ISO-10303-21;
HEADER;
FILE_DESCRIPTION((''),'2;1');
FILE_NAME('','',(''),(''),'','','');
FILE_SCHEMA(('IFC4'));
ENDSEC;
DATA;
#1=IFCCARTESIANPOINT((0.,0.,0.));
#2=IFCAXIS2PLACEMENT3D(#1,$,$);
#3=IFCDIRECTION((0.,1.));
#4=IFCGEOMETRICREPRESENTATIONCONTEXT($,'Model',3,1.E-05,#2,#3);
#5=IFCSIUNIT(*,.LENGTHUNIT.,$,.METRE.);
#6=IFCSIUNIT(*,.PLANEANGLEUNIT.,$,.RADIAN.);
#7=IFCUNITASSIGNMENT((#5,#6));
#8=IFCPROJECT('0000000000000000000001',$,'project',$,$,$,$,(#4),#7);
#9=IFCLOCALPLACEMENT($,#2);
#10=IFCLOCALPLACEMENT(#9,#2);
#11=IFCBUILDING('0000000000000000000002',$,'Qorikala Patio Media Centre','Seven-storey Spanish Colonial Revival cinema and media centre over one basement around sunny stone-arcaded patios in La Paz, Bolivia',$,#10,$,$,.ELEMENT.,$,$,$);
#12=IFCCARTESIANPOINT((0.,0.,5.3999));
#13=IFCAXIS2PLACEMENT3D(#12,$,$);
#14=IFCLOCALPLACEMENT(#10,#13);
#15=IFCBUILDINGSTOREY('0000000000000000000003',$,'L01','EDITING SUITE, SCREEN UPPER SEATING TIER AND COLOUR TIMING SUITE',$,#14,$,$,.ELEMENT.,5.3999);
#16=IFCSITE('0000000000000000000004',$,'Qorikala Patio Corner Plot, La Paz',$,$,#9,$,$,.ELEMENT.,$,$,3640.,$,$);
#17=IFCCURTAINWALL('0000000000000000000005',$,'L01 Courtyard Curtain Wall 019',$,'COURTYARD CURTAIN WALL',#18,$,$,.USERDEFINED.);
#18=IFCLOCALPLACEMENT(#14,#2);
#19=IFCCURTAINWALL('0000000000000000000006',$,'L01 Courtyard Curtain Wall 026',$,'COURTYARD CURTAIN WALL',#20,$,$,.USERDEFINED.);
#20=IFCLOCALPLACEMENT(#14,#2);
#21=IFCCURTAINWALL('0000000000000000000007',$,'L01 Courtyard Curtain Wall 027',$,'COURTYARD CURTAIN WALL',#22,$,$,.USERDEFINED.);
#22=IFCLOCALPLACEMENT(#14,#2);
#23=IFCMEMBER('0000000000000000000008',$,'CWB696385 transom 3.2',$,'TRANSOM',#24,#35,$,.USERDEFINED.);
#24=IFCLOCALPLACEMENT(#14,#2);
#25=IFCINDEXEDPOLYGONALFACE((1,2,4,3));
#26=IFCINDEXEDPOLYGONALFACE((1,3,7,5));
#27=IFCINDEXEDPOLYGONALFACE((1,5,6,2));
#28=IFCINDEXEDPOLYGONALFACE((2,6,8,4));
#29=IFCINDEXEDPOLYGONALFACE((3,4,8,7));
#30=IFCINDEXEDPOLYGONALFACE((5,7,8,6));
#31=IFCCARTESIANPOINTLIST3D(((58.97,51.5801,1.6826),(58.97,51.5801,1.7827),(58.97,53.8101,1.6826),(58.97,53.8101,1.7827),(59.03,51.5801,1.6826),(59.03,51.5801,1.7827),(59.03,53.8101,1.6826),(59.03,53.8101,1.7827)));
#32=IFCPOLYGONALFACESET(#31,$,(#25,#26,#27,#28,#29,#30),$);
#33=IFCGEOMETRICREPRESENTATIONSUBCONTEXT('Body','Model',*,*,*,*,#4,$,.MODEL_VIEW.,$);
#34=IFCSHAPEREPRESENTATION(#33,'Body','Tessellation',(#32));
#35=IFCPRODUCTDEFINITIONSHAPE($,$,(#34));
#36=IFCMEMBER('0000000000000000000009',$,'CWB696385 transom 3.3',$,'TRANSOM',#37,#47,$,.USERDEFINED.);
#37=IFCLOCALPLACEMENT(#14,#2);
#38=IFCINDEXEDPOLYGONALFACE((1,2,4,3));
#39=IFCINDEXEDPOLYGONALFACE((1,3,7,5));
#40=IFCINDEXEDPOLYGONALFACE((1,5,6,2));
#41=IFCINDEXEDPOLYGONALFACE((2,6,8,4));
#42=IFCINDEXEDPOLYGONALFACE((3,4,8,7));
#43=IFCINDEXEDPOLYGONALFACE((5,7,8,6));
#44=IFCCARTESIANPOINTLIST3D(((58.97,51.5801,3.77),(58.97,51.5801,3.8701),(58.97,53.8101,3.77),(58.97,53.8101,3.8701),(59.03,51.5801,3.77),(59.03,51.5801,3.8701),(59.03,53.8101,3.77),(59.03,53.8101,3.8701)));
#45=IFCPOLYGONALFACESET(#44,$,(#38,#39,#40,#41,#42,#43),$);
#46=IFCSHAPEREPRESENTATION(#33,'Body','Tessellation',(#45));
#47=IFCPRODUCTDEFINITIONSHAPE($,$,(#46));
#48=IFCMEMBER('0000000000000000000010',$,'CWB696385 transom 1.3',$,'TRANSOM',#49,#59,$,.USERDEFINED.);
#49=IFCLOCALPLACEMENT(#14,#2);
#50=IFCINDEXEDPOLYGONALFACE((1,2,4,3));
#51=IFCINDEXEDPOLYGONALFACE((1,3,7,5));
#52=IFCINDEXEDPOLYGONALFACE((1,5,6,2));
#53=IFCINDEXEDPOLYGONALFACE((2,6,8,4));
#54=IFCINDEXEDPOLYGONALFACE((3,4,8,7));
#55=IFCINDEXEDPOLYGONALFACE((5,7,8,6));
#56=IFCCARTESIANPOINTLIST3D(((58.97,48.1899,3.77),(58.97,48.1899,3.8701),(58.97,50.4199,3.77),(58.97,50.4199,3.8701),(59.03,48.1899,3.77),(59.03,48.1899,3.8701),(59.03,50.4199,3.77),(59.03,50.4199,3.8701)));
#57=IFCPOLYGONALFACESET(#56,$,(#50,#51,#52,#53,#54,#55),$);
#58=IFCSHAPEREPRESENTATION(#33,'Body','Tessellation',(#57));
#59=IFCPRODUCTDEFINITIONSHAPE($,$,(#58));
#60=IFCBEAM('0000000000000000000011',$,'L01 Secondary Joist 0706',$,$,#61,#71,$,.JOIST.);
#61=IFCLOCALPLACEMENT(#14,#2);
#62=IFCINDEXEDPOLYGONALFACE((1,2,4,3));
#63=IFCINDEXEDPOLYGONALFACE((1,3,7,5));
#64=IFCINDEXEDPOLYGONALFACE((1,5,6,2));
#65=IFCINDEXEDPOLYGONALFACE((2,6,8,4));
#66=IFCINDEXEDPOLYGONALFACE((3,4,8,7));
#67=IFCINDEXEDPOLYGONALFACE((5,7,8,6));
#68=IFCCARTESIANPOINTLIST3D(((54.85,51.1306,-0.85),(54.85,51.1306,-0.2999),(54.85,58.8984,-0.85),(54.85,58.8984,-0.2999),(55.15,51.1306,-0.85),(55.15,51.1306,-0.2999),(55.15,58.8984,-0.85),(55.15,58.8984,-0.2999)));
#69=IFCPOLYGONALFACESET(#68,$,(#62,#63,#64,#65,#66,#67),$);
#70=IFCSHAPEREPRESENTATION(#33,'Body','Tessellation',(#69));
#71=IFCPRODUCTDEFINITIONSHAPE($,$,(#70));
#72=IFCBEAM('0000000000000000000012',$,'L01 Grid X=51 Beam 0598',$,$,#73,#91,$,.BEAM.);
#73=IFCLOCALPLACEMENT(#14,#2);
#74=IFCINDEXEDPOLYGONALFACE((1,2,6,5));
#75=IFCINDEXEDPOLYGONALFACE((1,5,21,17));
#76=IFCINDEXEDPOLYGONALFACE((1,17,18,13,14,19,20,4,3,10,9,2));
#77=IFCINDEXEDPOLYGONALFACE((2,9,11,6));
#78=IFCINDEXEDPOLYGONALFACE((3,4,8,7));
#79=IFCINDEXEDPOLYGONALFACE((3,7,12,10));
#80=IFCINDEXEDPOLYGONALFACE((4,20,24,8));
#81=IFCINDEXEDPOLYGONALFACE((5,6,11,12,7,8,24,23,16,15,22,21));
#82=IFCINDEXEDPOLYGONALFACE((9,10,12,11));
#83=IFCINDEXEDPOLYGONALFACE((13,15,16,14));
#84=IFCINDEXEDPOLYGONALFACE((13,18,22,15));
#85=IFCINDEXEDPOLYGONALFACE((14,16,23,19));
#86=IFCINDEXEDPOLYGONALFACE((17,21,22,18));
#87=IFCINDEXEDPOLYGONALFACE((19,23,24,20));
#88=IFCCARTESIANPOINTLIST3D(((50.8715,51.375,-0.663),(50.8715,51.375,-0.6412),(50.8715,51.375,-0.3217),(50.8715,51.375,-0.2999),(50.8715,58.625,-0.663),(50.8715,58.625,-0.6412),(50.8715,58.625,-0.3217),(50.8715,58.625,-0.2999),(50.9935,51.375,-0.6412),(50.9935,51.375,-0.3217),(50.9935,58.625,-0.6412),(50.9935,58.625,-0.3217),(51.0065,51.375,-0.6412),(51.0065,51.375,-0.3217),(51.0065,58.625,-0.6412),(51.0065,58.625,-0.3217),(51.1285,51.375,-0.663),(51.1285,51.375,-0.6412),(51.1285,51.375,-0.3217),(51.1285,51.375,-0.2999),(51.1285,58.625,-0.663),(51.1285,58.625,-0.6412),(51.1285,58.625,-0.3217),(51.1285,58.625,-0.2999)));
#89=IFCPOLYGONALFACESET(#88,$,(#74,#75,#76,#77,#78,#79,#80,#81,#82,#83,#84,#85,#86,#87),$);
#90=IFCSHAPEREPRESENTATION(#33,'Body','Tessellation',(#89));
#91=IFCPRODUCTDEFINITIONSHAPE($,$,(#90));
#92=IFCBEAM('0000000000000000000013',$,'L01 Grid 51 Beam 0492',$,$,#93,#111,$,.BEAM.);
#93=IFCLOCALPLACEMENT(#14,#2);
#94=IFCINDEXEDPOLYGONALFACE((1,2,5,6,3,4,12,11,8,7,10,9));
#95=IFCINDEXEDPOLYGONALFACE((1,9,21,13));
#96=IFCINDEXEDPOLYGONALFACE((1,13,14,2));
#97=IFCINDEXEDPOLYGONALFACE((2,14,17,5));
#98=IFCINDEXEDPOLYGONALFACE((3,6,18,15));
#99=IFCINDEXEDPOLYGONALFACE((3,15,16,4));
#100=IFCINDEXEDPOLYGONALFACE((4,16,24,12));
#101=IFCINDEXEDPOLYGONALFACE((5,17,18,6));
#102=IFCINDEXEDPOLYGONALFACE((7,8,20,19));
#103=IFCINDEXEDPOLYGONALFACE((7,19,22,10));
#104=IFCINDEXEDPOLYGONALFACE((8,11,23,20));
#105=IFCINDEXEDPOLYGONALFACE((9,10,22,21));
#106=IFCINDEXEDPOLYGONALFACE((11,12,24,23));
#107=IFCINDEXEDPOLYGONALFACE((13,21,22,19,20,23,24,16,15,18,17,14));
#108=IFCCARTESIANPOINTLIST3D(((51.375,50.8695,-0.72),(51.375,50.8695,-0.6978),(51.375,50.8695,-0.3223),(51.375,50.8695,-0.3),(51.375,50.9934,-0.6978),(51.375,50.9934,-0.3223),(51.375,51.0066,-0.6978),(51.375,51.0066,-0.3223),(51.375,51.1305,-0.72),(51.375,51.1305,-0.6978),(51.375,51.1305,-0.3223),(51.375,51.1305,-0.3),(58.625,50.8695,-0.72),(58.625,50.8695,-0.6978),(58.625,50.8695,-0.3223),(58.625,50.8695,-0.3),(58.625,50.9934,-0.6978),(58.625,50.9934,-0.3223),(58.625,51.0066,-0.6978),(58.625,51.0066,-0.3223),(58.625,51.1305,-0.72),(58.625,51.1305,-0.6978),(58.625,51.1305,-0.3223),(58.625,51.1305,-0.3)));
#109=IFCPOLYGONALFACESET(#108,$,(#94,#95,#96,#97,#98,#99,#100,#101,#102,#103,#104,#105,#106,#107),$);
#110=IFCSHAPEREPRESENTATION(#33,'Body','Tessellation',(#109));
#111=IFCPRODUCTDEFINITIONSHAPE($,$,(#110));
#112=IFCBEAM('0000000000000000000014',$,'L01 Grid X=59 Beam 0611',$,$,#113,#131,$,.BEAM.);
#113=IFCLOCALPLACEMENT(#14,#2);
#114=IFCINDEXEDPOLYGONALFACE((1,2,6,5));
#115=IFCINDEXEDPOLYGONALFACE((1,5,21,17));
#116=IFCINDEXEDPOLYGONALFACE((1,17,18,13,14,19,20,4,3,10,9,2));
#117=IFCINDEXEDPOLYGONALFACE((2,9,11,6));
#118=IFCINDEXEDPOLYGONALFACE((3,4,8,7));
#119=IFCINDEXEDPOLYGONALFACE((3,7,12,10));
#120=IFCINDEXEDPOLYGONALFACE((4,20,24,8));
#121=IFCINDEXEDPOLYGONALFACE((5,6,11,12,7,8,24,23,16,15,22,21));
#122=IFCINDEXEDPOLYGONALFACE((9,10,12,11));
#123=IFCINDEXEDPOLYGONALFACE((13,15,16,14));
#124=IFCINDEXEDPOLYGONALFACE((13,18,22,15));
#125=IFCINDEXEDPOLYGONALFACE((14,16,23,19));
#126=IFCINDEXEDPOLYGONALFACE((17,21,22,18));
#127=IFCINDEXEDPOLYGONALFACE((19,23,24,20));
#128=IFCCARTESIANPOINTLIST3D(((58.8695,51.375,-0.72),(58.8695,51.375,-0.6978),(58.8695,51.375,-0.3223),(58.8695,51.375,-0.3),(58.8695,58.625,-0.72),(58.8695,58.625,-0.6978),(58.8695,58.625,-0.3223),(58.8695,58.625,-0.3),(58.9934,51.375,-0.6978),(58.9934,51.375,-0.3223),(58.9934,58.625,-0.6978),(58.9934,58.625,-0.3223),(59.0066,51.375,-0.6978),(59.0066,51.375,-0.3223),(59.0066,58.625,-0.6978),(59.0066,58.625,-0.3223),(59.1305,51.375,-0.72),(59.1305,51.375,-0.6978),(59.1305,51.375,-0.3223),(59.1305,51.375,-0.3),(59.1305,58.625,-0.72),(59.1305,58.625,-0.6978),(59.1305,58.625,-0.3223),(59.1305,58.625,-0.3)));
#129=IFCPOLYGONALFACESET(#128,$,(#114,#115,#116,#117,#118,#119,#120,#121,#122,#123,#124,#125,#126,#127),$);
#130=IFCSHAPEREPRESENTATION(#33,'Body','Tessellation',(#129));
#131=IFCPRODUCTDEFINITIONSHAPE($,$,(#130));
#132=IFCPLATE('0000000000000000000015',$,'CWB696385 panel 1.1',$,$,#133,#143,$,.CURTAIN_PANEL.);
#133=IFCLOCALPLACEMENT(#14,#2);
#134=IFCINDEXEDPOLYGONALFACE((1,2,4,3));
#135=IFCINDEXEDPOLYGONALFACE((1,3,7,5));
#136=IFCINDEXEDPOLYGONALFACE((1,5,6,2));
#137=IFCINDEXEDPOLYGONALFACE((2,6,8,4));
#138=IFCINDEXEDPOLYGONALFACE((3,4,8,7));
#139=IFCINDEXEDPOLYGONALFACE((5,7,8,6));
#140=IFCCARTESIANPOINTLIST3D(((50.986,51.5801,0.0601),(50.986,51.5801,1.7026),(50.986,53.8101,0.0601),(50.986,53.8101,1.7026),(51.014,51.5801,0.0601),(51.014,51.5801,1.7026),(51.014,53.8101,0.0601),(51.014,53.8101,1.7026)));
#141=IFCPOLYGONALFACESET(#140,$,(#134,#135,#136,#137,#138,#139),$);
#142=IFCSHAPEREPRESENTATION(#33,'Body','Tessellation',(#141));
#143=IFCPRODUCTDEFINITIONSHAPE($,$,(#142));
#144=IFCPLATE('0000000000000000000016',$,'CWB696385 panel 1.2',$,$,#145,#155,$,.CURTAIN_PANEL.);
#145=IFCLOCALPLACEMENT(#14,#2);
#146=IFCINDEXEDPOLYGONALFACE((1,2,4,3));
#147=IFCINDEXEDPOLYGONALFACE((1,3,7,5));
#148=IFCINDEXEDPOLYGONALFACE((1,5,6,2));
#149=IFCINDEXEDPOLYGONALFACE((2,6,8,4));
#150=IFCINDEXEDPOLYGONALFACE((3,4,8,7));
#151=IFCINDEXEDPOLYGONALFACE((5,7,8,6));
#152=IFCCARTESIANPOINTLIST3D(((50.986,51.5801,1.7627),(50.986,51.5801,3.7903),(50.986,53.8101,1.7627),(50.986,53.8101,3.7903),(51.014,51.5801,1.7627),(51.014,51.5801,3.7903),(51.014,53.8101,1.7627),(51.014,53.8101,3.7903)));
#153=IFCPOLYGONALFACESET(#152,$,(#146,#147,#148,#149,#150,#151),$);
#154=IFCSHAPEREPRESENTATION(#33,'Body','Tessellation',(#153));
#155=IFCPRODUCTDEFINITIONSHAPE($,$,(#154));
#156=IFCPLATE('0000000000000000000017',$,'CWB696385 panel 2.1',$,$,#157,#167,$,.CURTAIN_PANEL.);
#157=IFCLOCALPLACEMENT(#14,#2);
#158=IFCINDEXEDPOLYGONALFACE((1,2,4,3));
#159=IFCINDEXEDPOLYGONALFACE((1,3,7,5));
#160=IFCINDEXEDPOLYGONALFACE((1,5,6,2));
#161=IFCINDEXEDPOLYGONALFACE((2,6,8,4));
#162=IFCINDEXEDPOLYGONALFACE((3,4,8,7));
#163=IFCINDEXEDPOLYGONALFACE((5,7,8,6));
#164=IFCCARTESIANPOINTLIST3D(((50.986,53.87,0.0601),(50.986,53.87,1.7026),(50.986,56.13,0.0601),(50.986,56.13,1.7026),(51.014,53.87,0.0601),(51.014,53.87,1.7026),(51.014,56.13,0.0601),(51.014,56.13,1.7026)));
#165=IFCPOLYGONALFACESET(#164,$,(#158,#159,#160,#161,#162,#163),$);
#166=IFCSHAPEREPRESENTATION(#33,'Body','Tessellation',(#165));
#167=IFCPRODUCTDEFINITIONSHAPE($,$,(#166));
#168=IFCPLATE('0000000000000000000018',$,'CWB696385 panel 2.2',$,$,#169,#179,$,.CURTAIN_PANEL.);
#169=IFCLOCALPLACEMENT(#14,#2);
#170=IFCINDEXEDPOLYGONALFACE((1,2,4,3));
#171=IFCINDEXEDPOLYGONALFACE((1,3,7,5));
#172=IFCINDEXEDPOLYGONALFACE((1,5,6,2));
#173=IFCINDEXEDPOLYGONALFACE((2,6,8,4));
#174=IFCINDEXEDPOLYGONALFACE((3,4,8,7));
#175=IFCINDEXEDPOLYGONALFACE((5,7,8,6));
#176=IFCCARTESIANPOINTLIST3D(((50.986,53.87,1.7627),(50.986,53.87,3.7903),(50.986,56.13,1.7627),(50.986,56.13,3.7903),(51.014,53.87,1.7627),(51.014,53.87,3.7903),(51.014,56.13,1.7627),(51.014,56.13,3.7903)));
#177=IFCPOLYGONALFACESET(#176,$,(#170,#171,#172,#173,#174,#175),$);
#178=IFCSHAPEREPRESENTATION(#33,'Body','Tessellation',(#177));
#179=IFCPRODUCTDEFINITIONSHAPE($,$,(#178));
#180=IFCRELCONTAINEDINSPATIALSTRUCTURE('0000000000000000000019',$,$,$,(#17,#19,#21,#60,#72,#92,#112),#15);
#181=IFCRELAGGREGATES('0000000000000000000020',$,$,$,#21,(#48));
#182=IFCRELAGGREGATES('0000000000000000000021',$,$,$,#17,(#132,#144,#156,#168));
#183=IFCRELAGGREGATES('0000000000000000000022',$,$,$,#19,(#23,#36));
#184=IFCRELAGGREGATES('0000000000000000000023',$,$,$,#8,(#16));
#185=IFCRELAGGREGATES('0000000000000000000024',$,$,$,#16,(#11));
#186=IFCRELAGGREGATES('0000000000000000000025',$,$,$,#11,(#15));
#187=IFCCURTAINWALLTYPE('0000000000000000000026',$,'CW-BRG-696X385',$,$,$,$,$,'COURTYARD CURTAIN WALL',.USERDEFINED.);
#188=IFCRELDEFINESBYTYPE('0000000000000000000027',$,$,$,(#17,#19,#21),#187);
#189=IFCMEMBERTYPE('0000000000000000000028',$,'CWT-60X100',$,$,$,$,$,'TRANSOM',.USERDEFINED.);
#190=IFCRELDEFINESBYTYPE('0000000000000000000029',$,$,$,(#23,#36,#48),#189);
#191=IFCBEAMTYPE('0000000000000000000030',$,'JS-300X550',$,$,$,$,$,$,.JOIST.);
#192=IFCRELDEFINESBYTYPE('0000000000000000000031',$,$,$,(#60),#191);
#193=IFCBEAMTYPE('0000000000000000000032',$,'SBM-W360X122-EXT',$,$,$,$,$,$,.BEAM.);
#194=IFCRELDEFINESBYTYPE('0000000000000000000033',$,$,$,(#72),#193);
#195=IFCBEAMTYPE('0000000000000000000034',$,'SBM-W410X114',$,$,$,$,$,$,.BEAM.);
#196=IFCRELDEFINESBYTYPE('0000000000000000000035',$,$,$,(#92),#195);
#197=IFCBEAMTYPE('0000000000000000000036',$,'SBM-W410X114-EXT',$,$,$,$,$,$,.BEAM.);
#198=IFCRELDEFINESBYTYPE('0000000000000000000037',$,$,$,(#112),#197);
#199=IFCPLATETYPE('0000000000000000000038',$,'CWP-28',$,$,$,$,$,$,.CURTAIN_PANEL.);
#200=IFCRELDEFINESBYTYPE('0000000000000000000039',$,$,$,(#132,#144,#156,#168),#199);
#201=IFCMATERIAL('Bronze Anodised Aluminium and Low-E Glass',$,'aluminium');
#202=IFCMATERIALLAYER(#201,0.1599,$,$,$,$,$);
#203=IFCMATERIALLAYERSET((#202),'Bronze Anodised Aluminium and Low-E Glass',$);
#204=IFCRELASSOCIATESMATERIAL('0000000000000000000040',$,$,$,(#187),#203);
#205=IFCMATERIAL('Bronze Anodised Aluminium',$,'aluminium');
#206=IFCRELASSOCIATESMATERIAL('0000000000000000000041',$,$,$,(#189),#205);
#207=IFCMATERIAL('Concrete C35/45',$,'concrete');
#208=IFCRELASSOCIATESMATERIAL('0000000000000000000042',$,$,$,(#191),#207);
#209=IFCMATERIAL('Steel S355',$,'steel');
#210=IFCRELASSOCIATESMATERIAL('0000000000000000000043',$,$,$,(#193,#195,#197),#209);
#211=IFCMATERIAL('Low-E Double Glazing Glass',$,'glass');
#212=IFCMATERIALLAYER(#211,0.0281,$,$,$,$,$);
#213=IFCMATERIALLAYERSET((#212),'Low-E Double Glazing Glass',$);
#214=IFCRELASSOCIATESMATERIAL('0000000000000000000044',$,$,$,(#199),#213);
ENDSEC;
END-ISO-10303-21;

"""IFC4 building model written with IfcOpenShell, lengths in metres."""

from ifc_helpers import new_model, si_unit, direction, frame, origin, origin_2d, place, context, subcontext, project, spatial, rectangle, i_section, extrude, material, layer, layer_set, material_profile, profile_set, type_object, element, aggregate, save


model = new_model("IFC4")

# Units and contexts
model_context = context("Model", 3, precision=1e-05, world=origin(), true_north=direction((0.0, 1.0)))
body_context = subcontext(model_context, "Body", "Model", "MODEL_VIEW")
ifc_project = project(units=[si_unit("LENGTHUNIT", "METRE"), si_unit("PLANEANGLEUNIT", "RADIAN")], contexts=[model_context])

# Site, building, storey
site_placement = place(None, origin())
site = spatial("IfcSite", under=ifc_project, at=site_placement, Name="Qorikala Patio Corner Plot, La Paz", CompositionType="ELEMENT", RefElevation=3640.0)
building_placement = place(site_placement, origin())
building = spatial("IfcBuilding", under=site, at=building_placement, Name="Qorikala Patio Media Centre", Description="Seven-storey Spanish Colonial Revival cinema and media centre over one basement around sunny stone-arcaded patios in La Paz, Bolivia", CompositionType="ELEMENT")
storey_placement = place(building_placement, frame((0.0, 0.0, 5.3999)))
storey = spatial("IfcBuildingStorey", under=building, at=storey_placement, Name="L01", Description="EDITING SUITE, SCREEN UPPER SEATING TIER AND COLOUR TIMING SUITE", CompositionType="ELEMENT", Elevation=5.3999)

# Shared definitions
ifc_material_1 = material(Name="Concrete C35/45", Category="concrete")

# Shared definitions
ifc_material_2 = material(Name="Bronze Anodised Aluminium and Low-E Glass", Category="aluminium")
ifc_layer_1 = layer(ifc_material_2, 0.1599)
ifc_layer_set_1 = layer_set([ifc_layer_1], Name="Bronze Anodised Aluminium and Low-E Glass")
curtain_wall_type = type_object("IfcCurtainWallType", Name="CW-BRG-696X385", ElementType="COURTYARD CURTAIN WALL", PredefinedType="USERDEFINED", material=ifc_layer_set_1)
ifc_material_3 = material(Name="Bronze Anodised Aluminium", Category="aluminium")

# Curtain walls
curtain_wall_1_placement = place(storey_placement, origin())
curtain_wall_1 = element("IfcCurtainWall", 1, at=curtain_wall_1_placement, inside=storey, type_object=curtain_wall_type, Name="L01 Courtyard Curtain Wall 019", ObjectType="COURTYARD CURTAIN WALL", PredefinedType="USERDEFINED")
curtain_wall_2_placement = place(storey_placement, origin())
curtain_wall_2 = element("IfcCurtainWall", 2, at=curtain_wall_2_placement, inside=storey, type_object=curtain_wall_type, Name="L01 Courtyard Curtain Wall 026", ObjectType="COURTYARD CURTAIN WALL", PredefinedType="USERDEFINED")

# Curtain wall
curtain_wall_3_placement = place(storey_placement, origin())
curtain_wall_3 = element("IfcCurtainWall", 3, at=curtain_wall_3_placement, inside=storey, type_object=curtain_wall_type, Name="L01 Courtyard Curtain Wall 027", ObjectType="COURTYARD CURTAIN WALL", PredefinedType="USERDEFINED")

# Members
ifc_material_profile_1 = material_profile(ifc_material_3, rectangle(XDim=0.0601, YDim=0.1001, at=origin_2d()), Name="ALU TRANSOM 60x100")
ifc_profile_set_1 = profile_set([ifc_material_profile_1], Name="Bronze Anodised Aluminium")
member_type_1 = type_object("IfcMemberType", Name="CWT-60X100", ElementType="TRANSOM", PredefinedType="USERDEFINED", material=ifc_profile_set_1)
member_1_placement = place(storey_placement, frame((59.0, 53.8101, 1.7327), z_axis=(0.0, -1.0, 0.0), x_axis=(1.0, 0.0, 0.0)))
member_1 = element("IfcMember", 4, at=member_1_placement, type_object=member_type_1, Name="CWB696385 transom 3.2", ObjectType="TRANSOM", PredefinedType="USERDEFINED", context=body_context, shape_type="SweptSolid", body=[
    extrude(rectangle(XDim=0.0601, YDim=0.1001, at=origin_2d()), origin(), (0.0, 0.0, 1.0), 2.23),
])
member_2_placement = place(storey_placement, frame((59.0, 53.8101, 3.8201), z_axis=(0.0, -1.0, 0.0), x_axis=(1.0, 0.0, 0.0)))
member_2 = element("IfcMember", 5, at=member_2_placement, type_object=member_type_1, Name="CWB696385 transom 3.3", ObjectType="TRANSOM", PredefinedType="USERDEFINED", context=body_context, shape_type="SweptSolid", body=[
    extrude(rectangle(XDim=0.0601, YDim=0.1001, at=origin_2d()), origin(), (0.0, 0.0, 1.0), 2.23),
])
member_3_placement = place(storey_placement, frame((59.0, 50.4199, 3.8201), z_axis=(0.0, -1.0, 0.0), x_axis=(1.0, 0.0, 0.0)))
member_3 = element("IfcMember", 6, at=member_3_placement, type_object=member_type_1, Name="CWB696385 transom 1.3", ObjectType="TRANSOM", PredefinedType="USERDEFINED", context=body_context, shape_type="SweptSolid", body=[
    extrude(rectangle(XDim=0.0601, YDim=0.1001, at=origin_2d()), origin(), (0.0, 0.0, 1.0), 2.23),
])
aggregate(curtain_wall_3, [member_3])

# Beams
ifc_material_profile_2 = material_profile(ifc_material_1, rectangle(XDim=0.3, YDim=0.55, at=origin_2d()), Name="RC 300x550")
ifc_profile_set_2 = profile_set([ifc_material_profile_2], Name="Concrete C35/45")
beam_type_1 = type_object("IfcBeamType", Name="JS-300X550", PredefinedType="JOIST", material=ifc_profile_set_2)
beam_1_placement = place(storey_placement, frame((55.0, 51.1306, -0.575), z_axis=(0.0, 1.0, 0.0), x_axis=(-1.0, 0.0, 0.0)))
element("IfcBeam", 7, at=beam_1_placement, inside=storey, type_object=beam_type_1, Name="L01 Secondary Joist 0706", PredefinedType="JOIST", context=body_context, shape_type="SweptSolid", body=[
    extrude(rectangle(XDim=0.3, YDim=0.55, at=origin_2d()), origin(), (0.0, 0.0, 1.0), 7.7678),
])
ifc_material_4 = material(Name="Steel S355", Category="steel")
ifc_material_profile_3 = material_profile(ifc_material_4, i_section(OverallWidth=0.2571, OverallDepth=0.363, WebThickness=0.0129, FlangeThickness=0.0217, at=origin_2d()), Name="W360X122")
ifc_profile_set_3 = profile_set([ifc_material_profile_3], Name="Steel S355")
beam_type_2 = type_object("IfcBeamType", Name="SBM-W360X122-EXT", PredefinedType="BEAM", material=ifc_profile_set_3)
beam_2_placement = place(storey_placement, frame((51.0, 51.375, -0.4814), z_axis=(0.0, 1.0, 0.0), x_axis=(-1.0, 0.0, 0.0)))
element("IfcBeam", 8, at=beam_2_placement, inside=storey, type_object=beam_type_2, Name="L01 Grid X=51 Beam 0598", PredefinedType="BEAM", context=body_context, shape_type="SweptSolid", body=[
    extrude(i_section(OverallWidth=0.2571, OverallDepth=0.363, WebThickness=0.0129, FlangeThickness=0.0217, at=origin_2d()), origin(), (0.0, 0.0, 1.0), 7.25),
])
ifc_material_profile_4 = material_profile(ifc_material_4, i_section(OverallWidth=0.261, OverallDepth=0.4199, WebThickness=0.0132, FlangeThickness=0.0222, at=origin_2d()), Name="W410X114")
ifc_profile_set_4 = profile_set([ifc_material_profile_4], Name="Steel S355")
beam_type_3 = type_object("IfcBeamType", Name="SBM-W410X114", PredefinedType="BEAM", material=ifc_profile_set_4)
beam_3_placement = place(storey_placement, frame((51.375, 51.0, -0.51), z_axis=(1.0, 0.0, 0.0), x_axis=(0.0, 1.0, 0.0)))
element("IfcBeam", 9, at=beam_3_placement, inside=storey, type_object=beam_type_3, Name="L01 Grid 51 Beam 0492", PredefinedType="BEAM", context=body_context, shape_type="SweptSolid", body=[
    extrude(i_section(OverallWidth=0.261, OverallDepth=0.4199, WebThickness=0.0132, FlangeThickness=0.0222, at=origin_2d()), origin(), (0.0, 0.0, 1.0), 7.25),
])
ifc_material_profile_5 = material_profile(ifc_material_4, i_section(OverallWidth=0.261, OverallDepth=0.4199, WebThickness=0.0132, FlangeThickness=0.0222, at=origin_2d()), Name="W410X114")
ifc_profile_set_5 = profile_set([ifc_material_profile_5], Name="Steel S355")
beam_type_4 = type_object("IfcBeamType", Name="SBM-W410X114-EXT", PredefinedType="BEAM", material=ifc_profile_set_5)
beam_4_placement = place(storey_placement, frame((59.0, 51.375, -0.51), z_axis=(0.0, 1.0, 0.0), x_axis=(-1.0, 0.0, 0.0)))
element("IfcBeam", 10, at=beam_4_placement, inside=storey, type_object=beam_type_4, Name="L01 Grid X=59 Beam 0611", PredefinedType="BEAM", context=body_context, shape_type="SweptSolid", body=[
    extrude(i_section(OverallWidth=0.261, OverallDepth=0.4199, WebThickness=0.0132, FlangeThickness=0.0222, at=origin_2d()), origin(), (0.0, 0.0, 1.0), 7.25),
])

# Plates
ifc_material_5 = material(Name="Low-E Double Glazing Glass", Category="glass")
ifc_layer_2 = layer(ifc_material_5, 0.0281)
ifc_layer_set_2 = layer_set([ifc_layer_2], Name="Low-E Double Glazing Glass")
plate_type = type_object("IfcPlateType", Name="CWP-28", PredefinedType="CURTAIN_PANEL", material=ifc_layer_set_2)
plate_1_placement = place(storey_placement, frame((51.0, 52.6951, 0.0601), z_axis=(0.0, 0.0, 1.0), x_axis=(0.0, 1.0, 0.0)))
plate_1 = element("IfcPlate", 11, at=plate_1_placement, type_object=plate_type, Name="CWB696385 panel 1.1", PredefinedType="CURTAIN_PANEL", context=body_context, shape_type="SweptSolid", body=[
    extrude(rectangle(XDim=2.23, YDim=0.0281, at=origin_2d()), origin(), (0.0, 0.0, 1.0), 1.6426),
])
plate_2_placement = place(storey_placement, frame((51.0, 52.6951, 1.7627), z_axis=(0.0, 0.0, 1.0), x_axis=(0.0, 1.0, 0.0)))
plate_2 = element("IfcPlate", 12, at=plate_2_placement, type_object=plate_type, Name="CWB696385 panel 1.2", PredefinedType="CURTAIN_PANEL", context=body_context, shape_type="SweptSolid", body=[
    extrude(rectangle(XDim=2.23, YDim=0.0281, at=origin_2d()), origin(), (0.0, 0.0, 1.0), 2.0276),
])
plate_3_placement = place(storey_placement, frame((51.0, 55.0, 0.0601), z_axis=(0.0, 0.0, 1.0), x_axis=(0.0, 1.0, 0.0)))
plate_3 = element("IfcPlate", 13, at=plate_3_placement, type_object=plate_type, Name="CWB696385 panel 2.1", PredefinedType="CURTAIN_PANEL", context=body_context, shape_type="SweptSolid", body=[
    extrude(rectangle(XDim=2.26, YDim=0.0281, at=origin_2d()), origin(), (0.0, 0.0, 1.0), 1.6426),
])
plate_4_placement = place(storey_placement, frame((51.0, 55.0, 1.7627), z_axis=(0.0, 0.0, 1.0), x_axis=(0.0, 1.0, 0.0)))
plate_4 = element("IfcPlate", 14, at=plate_4_placement, type_object=plate_type, Name="CWB696385 panel 2.2", PredefinedType="CURTAIN_PANEL", context=body_context, shape_type="SweptSolid", body=[
    extrude(rectangle(XDim=2.26, YDim=0.0281, at=origin_2d()), origin(), (0.0, 0.0, 1.0), 2.0276),
])
aggregate(curtain_wall_1, [plate_1, plate_2, plate_3, plate_4])
aggregate(curtain_wall_2, [member_1, member_2])

save(model, "model.ifc")
